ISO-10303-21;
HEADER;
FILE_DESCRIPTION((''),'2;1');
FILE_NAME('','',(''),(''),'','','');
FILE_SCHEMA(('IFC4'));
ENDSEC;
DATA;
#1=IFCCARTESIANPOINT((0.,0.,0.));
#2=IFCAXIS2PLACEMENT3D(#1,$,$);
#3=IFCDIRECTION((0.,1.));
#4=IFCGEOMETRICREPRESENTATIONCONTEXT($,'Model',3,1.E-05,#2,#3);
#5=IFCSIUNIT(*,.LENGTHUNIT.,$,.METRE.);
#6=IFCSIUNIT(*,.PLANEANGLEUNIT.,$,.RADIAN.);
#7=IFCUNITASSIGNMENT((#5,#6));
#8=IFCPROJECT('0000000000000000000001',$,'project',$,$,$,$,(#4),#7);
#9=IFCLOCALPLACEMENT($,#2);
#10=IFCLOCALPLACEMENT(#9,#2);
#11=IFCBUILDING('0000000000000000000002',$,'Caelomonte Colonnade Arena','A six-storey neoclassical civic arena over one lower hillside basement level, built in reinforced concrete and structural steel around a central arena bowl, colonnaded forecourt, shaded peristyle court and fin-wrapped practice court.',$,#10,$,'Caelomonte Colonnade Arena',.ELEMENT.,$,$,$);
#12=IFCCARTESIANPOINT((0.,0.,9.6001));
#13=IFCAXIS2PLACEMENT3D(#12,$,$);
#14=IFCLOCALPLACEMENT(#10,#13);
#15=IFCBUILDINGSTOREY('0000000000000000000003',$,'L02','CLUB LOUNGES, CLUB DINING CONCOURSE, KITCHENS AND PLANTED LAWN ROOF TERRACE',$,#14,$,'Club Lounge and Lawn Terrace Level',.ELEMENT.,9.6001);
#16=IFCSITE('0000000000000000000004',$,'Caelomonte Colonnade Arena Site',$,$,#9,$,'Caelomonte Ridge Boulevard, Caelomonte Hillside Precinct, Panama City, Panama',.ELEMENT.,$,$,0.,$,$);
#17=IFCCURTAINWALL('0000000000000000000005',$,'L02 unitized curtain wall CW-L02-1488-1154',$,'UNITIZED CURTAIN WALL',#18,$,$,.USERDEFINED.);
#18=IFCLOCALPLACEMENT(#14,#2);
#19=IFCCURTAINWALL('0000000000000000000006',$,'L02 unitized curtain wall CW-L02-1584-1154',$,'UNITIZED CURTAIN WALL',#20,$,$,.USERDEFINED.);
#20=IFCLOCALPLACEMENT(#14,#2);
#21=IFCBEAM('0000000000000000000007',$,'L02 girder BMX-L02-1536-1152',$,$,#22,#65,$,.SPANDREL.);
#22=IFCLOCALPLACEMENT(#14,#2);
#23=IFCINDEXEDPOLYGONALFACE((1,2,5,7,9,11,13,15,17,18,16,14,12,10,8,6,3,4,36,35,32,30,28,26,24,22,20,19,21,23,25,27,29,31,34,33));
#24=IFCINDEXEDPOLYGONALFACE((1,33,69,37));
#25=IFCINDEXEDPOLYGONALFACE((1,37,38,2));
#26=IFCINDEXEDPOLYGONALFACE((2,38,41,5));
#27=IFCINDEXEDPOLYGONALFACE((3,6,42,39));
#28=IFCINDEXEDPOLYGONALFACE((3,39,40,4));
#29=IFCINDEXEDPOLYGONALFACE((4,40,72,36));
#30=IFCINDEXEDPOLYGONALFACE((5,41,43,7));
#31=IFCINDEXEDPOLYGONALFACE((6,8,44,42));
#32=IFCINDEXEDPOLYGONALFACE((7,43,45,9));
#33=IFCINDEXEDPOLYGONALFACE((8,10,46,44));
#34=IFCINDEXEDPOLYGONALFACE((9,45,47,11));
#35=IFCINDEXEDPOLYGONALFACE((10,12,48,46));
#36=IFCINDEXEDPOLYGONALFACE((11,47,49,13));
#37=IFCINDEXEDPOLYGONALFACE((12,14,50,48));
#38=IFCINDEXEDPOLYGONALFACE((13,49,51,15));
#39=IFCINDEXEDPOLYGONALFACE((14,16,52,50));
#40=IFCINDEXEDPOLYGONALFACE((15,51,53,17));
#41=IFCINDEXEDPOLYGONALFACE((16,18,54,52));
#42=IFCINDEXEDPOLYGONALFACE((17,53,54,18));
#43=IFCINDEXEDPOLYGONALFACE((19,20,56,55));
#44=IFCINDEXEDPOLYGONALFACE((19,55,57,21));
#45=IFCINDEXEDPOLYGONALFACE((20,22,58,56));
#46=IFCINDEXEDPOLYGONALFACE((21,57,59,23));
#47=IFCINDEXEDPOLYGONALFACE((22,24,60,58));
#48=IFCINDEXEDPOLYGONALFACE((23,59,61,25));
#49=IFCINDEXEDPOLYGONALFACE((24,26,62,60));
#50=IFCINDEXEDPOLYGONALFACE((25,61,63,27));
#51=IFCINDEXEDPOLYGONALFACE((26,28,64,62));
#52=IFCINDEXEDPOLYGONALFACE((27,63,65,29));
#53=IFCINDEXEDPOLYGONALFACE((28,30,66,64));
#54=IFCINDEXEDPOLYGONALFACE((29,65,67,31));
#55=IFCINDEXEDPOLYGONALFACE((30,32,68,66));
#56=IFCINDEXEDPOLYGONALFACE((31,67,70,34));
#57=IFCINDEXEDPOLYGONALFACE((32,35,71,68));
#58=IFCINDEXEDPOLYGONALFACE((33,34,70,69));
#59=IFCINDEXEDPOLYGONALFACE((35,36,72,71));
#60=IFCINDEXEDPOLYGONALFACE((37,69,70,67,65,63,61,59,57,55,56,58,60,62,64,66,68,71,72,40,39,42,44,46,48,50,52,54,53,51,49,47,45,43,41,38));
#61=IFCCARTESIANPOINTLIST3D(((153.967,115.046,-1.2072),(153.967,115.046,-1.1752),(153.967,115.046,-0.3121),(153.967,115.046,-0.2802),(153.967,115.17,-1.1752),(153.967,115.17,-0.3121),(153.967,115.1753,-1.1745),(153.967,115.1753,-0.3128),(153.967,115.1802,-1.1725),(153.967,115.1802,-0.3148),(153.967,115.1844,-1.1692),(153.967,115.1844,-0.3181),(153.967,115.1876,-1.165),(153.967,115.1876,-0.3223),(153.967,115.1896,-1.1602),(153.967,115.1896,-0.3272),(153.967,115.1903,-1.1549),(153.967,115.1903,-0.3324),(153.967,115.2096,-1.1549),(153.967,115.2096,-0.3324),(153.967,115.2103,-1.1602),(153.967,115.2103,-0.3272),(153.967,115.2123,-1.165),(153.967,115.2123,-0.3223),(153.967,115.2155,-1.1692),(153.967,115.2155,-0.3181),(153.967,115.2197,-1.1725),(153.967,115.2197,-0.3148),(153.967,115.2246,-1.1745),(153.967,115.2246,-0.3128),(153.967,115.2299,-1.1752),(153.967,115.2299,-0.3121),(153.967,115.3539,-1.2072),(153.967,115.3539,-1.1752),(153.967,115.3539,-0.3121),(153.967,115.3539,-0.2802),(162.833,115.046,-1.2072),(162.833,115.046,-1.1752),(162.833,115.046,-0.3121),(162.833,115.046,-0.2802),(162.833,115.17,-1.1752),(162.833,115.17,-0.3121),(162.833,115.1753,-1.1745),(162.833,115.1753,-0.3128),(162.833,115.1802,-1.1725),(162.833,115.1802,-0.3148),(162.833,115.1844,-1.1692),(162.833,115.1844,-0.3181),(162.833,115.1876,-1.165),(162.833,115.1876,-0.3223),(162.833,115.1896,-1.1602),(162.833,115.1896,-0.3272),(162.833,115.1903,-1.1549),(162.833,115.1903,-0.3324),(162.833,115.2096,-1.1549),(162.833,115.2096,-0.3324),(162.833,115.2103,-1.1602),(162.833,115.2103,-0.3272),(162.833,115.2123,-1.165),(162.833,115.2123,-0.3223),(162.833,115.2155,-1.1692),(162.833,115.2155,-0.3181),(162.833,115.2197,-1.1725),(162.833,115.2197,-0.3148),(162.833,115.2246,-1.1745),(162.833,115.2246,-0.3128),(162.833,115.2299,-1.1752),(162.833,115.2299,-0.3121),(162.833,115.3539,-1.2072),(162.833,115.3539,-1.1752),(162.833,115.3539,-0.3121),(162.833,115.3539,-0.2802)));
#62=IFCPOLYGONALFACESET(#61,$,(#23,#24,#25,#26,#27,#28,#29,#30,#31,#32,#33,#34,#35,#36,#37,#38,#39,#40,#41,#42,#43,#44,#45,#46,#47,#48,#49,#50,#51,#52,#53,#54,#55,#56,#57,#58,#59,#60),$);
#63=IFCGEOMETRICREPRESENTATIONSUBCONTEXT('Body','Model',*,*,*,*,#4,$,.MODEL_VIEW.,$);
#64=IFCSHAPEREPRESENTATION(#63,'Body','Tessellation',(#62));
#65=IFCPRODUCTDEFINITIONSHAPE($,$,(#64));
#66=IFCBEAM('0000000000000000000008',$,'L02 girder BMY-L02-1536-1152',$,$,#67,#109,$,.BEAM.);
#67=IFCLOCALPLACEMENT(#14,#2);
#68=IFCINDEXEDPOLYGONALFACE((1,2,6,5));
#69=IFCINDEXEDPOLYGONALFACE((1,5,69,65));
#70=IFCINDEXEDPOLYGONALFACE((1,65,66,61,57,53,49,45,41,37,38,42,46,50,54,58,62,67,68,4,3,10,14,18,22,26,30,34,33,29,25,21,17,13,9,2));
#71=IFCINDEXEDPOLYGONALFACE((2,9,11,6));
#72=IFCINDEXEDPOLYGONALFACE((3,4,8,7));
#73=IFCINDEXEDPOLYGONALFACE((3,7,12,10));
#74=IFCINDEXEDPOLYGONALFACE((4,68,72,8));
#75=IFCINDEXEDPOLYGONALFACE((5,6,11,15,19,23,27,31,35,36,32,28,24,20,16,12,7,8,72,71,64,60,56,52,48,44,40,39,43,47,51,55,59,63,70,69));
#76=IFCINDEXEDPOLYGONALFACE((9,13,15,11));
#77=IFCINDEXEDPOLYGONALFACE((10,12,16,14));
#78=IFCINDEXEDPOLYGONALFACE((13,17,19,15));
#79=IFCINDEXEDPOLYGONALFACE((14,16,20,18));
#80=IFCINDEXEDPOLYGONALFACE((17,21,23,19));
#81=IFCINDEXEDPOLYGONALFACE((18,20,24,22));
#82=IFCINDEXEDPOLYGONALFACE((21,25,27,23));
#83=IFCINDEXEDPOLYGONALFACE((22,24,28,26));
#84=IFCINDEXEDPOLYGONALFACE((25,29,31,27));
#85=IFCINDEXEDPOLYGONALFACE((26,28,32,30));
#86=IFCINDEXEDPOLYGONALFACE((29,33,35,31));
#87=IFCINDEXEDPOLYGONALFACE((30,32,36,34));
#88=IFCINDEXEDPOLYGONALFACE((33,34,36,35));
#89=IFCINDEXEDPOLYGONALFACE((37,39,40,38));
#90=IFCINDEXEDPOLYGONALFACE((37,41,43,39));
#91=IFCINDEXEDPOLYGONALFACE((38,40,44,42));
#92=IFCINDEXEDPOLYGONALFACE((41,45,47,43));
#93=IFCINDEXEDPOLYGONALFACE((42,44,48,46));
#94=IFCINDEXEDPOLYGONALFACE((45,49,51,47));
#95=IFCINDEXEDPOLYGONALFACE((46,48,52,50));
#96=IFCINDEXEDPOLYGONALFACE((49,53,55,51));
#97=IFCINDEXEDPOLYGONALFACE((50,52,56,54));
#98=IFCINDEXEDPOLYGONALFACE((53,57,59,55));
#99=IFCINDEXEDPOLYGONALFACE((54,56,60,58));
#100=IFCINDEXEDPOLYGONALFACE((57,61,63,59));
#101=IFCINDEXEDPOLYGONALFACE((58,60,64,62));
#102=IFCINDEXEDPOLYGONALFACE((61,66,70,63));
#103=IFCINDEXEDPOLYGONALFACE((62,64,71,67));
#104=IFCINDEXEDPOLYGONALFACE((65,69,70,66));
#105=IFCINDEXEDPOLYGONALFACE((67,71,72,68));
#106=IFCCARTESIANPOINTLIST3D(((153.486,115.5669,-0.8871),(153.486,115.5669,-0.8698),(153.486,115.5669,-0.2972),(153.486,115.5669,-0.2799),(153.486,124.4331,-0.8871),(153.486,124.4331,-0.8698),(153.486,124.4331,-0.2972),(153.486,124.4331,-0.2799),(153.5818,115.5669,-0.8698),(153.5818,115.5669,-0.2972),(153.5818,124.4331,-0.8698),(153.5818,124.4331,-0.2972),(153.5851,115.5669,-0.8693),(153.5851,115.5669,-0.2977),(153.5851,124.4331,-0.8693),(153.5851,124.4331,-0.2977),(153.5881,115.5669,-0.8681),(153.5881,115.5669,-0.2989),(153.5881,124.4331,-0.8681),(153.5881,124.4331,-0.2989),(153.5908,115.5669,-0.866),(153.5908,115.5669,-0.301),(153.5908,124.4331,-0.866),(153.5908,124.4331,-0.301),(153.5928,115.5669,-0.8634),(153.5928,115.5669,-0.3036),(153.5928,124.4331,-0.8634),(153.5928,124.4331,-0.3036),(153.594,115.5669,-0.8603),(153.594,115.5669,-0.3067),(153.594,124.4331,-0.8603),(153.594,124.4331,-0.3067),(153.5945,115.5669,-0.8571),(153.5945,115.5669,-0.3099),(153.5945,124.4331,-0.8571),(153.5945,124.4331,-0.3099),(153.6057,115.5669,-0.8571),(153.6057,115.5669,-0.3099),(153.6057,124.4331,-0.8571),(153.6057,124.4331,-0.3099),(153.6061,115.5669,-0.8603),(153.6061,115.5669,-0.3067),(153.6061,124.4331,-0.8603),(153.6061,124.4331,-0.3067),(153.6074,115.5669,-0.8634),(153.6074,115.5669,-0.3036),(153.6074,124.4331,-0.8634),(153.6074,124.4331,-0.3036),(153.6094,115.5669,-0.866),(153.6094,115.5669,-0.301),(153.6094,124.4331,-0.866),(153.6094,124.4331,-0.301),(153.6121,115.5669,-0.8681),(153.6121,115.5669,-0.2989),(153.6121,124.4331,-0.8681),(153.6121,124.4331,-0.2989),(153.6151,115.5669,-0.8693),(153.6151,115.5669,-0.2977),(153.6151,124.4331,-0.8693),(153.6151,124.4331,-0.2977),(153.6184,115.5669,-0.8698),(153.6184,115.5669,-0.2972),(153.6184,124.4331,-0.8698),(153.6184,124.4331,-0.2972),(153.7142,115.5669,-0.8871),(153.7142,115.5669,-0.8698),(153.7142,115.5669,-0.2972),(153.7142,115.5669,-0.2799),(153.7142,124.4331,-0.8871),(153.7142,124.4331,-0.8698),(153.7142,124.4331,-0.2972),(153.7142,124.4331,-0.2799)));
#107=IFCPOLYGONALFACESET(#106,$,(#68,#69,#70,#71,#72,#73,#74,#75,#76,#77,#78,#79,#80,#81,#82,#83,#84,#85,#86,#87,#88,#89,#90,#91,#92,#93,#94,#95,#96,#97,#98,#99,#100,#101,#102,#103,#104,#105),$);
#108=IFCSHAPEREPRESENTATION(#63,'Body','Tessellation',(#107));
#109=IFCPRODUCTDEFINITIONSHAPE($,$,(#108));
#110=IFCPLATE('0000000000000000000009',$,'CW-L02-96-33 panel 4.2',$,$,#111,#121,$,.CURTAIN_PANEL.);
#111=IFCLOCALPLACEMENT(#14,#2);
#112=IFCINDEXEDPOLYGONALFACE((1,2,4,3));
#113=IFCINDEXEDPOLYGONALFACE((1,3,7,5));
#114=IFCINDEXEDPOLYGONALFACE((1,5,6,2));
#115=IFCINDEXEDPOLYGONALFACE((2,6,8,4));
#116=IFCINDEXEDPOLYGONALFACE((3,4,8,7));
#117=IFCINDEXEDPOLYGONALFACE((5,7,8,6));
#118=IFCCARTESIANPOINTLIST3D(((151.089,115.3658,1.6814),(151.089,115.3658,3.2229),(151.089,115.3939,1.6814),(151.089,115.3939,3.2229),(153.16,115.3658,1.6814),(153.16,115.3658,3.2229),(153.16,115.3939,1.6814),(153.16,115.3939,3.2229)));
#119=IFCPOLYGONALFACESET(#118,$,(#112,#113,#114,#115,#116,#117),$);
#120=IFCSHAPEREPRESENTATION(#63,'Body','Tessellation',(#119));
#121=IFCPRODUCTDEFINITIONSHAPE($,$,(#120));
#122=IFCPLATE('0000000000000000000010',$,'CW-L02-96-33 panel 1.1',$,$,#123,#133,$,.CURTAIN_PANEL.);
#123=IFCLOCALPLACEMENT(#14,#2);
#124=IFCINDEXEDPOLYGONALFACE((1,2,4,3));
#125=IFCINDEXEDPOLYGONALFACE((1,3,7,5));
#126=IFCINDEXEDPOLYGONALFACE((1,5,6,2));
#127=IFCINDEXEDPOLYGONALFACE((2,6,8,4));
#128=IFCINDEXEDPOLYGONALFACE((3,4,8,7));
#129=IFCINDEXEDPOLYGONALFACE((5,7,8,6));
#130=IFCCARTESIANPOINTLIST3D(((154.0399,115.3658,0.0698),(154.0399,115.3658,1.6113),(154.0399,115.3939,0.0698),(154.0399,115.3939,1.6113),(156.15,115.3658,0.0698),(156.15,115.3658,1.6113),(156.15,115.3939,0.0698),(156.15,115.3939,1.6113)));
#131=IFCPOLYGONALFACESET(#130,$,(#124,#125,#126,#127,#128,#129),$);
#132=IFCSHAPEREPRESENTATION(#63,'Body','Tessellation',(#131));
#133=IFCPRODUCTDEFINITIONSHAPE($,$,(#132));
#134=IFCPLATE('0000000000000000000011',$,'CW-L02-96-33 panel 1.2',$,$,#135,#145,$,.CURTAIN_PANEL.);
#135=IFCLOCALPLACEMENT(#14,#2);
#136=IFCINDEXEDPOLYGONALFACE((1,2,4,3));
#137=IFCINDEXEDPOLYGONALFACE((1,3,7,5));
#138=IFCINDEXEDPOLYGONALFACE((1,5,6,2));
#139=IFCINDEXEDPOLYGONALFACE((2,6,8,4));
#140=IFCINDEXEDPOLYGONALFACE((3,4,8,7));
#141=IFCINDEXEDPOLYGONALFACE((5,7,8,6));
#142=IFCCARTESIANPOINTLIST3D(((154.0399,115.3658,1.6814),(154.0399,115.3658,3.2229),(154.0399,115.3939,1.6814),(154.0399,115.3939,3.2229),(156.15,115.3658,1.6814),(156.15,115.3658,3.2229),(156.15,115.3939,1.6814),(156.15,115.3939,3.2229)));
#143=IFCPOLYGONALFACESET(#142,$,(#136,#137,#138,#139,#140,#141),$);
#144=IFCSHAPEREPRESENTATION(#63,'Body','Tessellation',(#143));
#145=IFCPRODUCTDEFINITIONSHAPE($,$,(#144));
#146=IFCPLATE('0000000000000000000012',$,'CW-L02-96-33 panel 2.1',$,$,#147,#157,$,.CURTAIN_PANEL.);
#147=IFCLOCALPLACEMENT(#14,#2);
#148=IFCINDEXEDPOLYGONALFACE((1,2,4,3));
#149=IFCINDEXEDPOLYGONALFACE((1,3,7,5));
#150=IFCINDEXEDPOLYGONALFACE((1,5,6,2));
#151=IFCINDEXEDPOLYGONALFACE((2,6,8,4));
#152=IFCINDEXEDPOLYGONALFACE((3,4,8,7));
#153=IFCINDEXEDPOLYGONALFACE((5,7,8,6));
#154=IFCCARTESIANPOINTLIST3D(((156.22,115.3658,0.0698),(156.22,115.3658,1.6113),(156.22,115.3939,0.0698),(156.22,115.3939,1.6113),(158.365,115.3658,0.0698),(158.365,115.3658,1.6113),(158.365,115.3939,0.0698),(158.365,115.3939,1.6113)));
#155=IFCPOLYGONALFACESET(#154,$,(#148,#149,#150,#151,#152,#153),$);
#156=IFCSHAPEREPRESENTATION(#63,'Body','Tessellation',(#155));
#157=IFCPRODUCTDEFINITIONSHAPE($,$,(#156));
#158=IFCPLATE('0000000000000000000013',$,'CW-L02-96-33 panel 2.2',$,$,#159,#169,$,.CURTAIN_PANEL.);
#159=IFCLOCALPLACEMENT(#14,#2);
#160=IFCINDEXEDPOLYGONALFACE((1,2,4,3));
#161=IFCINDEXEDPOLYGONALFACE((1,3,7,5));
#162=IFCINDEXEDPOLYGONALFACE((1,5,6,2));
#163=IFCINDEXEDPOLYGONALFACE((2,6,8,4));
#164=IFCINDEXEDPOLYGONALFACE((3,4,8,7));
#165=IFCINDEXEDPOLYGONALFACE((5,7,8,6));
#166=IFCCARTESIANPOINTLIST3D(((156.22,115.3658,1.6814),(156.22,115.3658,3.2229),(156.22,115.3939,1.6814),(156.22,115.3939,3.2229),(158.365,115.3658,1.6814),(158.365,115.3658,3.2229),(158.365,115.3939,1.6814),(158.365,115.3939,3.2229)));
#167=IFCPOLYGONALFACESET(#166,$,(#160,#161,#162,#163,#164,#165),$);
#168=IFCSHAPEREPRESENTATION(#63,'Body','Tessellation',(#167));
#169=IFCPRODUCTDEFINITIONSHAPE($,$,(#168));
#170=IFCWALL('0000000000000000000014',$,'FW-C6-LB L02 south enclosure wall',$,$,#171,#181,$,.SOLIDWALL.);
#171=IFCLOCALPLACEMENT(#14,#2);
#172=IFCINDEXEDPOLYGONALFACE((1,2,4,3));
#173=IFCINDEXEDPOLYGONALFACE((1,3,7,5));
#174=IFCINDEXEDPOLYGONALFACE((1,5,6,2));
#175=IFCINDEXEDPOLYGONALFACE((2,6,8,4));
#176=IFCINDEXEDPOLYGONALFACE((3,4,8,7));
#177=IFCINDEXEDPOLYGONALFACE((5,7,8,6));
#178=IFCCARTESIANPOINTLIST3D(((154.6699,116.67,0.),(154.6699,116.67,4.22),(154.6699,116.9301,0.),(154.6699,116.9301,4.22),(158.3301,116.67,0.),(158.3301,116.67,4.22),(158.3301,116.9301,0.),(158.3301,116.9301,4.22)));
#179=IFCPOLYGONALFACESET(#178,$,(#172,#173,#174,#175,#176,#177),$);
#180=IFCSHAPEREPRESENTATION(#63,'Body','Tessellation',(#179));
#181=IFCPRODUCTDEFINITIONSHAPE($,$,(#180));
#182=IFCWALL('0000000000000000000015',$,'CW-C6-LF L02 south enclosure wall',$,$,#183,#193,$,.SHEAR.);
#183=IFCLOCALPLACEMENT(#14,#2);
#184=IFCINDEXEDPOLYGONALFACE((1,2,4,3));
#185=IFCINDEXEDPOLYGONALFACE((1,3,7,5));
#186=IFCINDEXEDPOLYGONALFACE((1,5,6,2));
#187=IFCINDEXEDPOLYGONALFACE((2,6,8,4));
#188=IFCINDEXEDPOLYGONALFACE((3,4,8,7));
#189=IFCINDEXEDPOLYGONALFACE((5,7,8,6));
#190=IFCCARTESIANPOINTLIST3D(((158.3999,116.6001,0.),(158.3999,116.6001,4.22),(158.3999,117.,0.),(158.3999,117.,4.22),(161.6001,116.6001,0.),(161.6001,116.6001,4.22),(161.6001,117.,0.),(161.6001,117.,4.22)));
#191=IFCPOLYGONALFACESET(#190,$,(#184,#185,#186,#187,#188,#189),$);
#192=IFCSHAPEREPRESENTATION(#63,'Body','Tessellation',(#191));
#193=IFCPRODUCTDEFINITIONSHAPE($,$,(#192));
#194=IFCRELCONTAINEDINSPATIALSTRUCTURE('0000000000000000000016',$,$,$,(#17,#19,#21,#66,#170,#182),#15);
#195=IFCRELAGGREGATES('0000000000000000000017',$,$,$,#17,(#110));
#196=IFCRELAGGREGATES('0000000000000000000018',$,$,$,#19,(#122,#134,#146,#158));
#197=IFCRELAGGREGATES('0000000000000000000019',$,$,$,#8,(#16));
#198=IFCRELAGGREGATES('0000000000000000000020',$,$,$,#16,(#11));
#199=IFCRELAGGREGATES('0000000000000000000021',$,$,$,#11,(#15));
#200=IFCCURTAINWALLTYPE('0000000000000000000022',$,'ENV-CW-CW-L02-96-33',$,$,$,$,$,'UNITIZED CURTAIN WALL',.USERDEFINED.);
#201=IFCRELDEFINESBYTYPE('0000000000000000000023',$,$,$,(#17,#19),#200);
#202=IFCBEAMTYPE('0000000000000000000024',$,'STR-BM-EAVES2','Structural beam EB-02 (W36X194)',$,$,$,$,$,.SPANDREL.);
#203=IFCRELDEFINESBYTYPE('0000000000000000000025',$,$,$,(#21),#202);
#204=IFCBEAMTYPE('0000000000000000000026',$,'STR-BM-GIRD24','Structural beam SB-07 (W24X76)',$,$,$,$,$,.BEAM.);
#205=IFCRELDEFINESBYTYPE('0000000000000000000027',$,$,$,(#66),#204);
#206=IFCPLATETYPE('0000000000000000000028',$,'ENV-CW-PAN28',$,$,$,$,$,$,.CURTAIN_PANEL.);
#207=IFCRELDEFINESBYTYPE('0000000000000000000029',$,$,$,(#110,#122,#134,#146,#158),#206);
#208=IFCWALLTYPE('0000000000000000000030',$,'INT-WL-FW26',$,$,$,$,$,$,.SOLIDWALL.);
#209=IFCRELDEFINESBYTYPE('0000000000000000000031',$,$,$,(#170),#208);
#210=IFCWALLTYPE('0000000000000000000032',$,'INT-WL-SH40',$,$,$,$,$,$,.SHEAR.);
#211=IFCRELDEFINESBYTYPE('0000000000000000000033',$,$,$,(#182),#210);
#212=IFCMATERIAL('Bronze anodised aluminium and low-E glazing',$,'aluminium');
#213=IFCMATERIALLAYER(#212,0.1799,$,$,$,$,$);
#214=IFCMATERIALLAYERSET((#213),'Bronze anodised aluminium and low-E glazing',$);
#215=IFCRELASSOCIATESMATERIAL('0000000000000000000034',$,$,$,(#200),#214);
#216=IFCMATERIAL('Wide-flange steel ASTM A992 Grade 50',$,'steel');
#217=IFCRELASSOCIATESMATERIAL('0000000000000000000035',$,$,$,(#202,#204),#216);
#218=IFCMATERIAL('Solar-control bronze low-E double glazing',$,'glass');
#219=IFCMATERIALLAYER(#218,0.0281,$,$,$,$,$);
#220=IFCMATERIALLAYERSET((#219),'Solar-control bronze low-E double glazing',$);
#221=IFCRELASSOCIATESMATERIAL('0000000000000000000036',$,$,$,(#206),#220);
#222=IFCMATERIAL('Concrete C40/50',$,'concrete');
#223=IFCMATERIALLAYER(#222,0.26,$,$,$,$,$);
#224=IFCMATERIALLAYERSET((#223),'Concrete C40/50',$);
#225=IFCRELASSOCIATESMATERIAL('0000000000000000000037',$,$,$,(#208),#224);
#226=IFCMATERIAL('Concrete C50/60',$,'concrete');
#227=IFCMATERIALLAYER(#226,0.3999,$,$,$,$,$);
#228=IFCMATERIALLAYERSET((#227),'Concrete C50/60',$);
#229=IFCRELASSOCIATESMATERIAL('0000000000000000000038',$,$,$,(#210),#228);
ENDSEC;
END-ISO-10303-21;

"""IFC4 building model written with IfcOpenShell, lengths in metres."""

from ifc_helpers import new_model, si_unit, direction, frame, frame_2d, origin, origin_2d, place, context, subcontext, project, spatial, rectangle, i_section, extrude, material, layer, layer_set, material_profile, profile_set, type_object, element, aggregate, save


model = new_model("IFC4")

# Units and contexts
model_context = context("Model", 3, precision=1e-05, world=origin(), true_north=direction((0.0, 1.0)))
body_context = subcontext(model_context, "Body", "Model", "MODEL_VIEW")
ifc_project = project(units=[si_unit("LENGTHUNIT", "METRE"), si_unit("PLANEANGLEUNIT", "RADIAN")], contexts=[model_context])

# Site, building, storey
site_placement = place(None, origin())
site = spatial("IfcSite", under=ifc_project, at=site_placement, Name="Caelomonte Colonnade Arena Site", LongName="Caelomonte Ridge Boulevard, Caelomonte Hillside Precinct, Panama City, Panama", CompositionType="ELEMENT", RefElevation=0.0)
building_placement = place(site_placement, origin())
building = spatial("IfcBuilding", under=site, at=building_placement, Name="Caelomonte Colonnade Arena", Description="A six-storey neoclassical civic arena over one lower hillside basement level, built in reinforced concrete and structural steel around a central arena bowl, colonnaded forecourt, shaded peristyle court and fin-wrapped practice court.", LongName="Caelomonte Colonnade Arena", CompositionType="ELEMENT")
storey_placement = place(building_placement, frame((0.0, 0.0, 9.6001)))
storey = spatial("IfcBuildingStorey", under=building, at=storey_placement, Name="L02", Description="CLUB LOUNGES, CLUB DINING CONCOURSE, KITCHENS AND PLANTED LAWN ROOF TERRACE", LongName="Club Lounge and Lawn Terrace Level", CompositionType="ELEMENT", Elevation=9.6001)

# Shared definitions
ifc_material_1 = material(Name="Concrete C40/50", Category="concrete")

# Curtain wall
ifc_material_2 = material(Name="Bronze anodised aluminium and low-E glazing", Category="aluminium")
ifc_layer_1 = layer(ifc_material_2, 0.1799)
ifc_layer_set_1 = layer_set([ifc_layer_1], Name="Bronze anodised aluminium and low-E glazing")
curtain_wall_type = type_object("IfcCurtainWallType", Name="ENV-CW-CW-L02-96-33", ElementType="UNITIZED CURTAIN WALL", PredefinedType="USERDEFINED", material=ifc_layer_set_1)
curtain_wall_1_placement = place(storey_placement, origin())
curtain_wall_1 = element("IfcCurtainWall", 1, at=curtain_wall_1_placement, inside=storey, type_object=curtain_wall_type, Name="L02 unitized curtain wall CW-L02-1488-1154", ObjectType="UNITIZED CURTAIN WALL", PredefinedType="USERDEFINED")

# Curtain wall
curtain_wall_2_placement = place(storey_placement, origin())
curtain_wall_2 = element("IfcCurtainWall", 2, at=curtain_wall_2_placement, inside=storey, type_object=curtain_wall_type, Name="L02 unitized curtain wall CW-L02-1584-1154", ObjectType="UNITIZED CURTAIN WALL", PredefinedType="USERDEFINED")

# Beams
ifc_material_3 = material(Name="Wide-flange steel ASTM A992 Grade 50", Category="steel")
ifc_material_profile_1 = material_profile(ifc_material_3, i_section(OverallWidth=0.3079, OverallDepth=0.927, WebThickness=0.0193, FlangeThickness=0.032, FilletRadius=0.0203, at=origin_2d()), Name="W36X194")
ifc_profile_set_1 = profile_set([ifc_material_profile_1], Name="Wide-flange steel ASTM A992 Grade 50")
beam_type_1 = type_object("IfcBeamType", Name="STR-BM-EAVES2", Description="Structural beam EB-02 (W36X194)", PredefinedType="SPANDREL", material=ifc_profile_set_1)
beam_1_placement = place(storey_placement, frame((153.967, 115.2, -0.7437), z_axis=(1.0, 0.0, 0.0), x_axis=(0.0, 1.0, 0.0)))
element("IfcBeam", 3, at=beam_1_placement, inside=storey, type_object=beam_type_1, Name="L02 girder BMX-L02-1536-1152", PredefinedType="SPANDREL", context=body_context, shape_type="SweptSolid", body=[
    extrude(i_section(OverallWidth=0.3079, OverallDepth=0.927, WebThickness=0.0193, FlangeThickness=0.032, FilletRadius=0.0203, at=origin_2d()), origin(), (0.0, 0.0, 1.0), 8.866),
])
ifc_material_profile_2 = material_profile(ifc_material_3, i_section(OverallWidth=0.2283, OverallDepth=0.6072, WebThickness=0.0112, FlangeThickness=0.0173, FilletRadius=0.0127, at=origin_2d()), Name="W24X76")
ifc_profile_set_2 = profile_set([ifc_material_profile_2], Name="Wide-flange steel ASTM A992 Grade 50")
beam_type_2 = type_object("IfcBeamType", Name="STR-BM-GIRD24", Description="Structural beam SB-07 (W24X76)", PredefinedType="BEAM", material=ifc_profile_set_2)
beam_2_placement = place(storey_placement, frame((153.6001, 115.5669, -0.5835), z_axis=(0.0, 1.0, 0.0), x_axis=(-1.0, 0.0, 0.0)))
element("IfcBeam", 4, at=beam_2_placement, inside=storey, type_object=beam_type_2, Name="L02 girder BMY-L02-1536-1152", PredefinedType="BEAM", context=body_context, shape_type="SweptSolid", body=[
    extrude(i_section(OverallWidth=0.2283, OverallDepth=0.6072, WebThickness=0.0112, FlangeThickness=0.0173, FilletRadius=0.0127, at=origin_2d()), origin(), (0.0, 0.0, 1.0), 8.8662),
])

# Plates
ifc_material_4 = material(Name="Solar-control bronze low-E double glazing", Category="glass")
ifc_layer_2 = layer(ifc_material_4, 0.0281)
ifc_layer_set_2 = layer_set([ifc_layer_2], Name="Solar-control bronze low-E double glazing")
plate_type = type_object("IfcPlateType", Name="ENV-CW-PAN28", PredefinedType="CURTAIN_PANEL", material=ifc_layer_set_2)
plate_1_placement = place(storey_placement, frame((152.1245, 115.3799, 1.6814), z_axis=(0.0, 0.0, 1.0), x_axis=(1.0, 0.0, 0.0)))
plate_1 = element("IfcPlate", 5, at=plate_1_placement, type_object=plate_type, Name="CW-L02-96-33 panel 4.2", PredefinedType="CURTAIN_PANEL", context=body_context, shape_type="SweptSolid", body=[
    extrude(rectangle(XDim=2.071, YDim=0.0281, at=origin_2d()), origin(), (0.0, 0.0, 1.0), 1.5415),
])
aggregate(curtain_wall_1, [plate_1])
plate_2_placement = place(storey_placement, frame((155.095, 115.3799, 0.0698), z_axis=(0.0, 0.0, 1.0), x_axis=(1.0, 0.0, 0.0)))
plate_2 = element("IfcPlate", 6, at=plate_2_placement, type_object=plate_type, Name="CW-L02-96-33 panel 1.1", PredefinedType="CURTAIN_PANEL", context=body_context, shape_type="SweptSolid", body=[
    extrude(rectangle(XDim=2.1101, YDim=0.0281, at=origin_2d()), origin(), (0.0, 0.0, 1.0), 1.5415),
])
plate_3_placement = place(storey_placement, frame((155.095, 115.3799, 1.6814), z_axis=(0.0, 0.0, 1.0), x_axis=(1.0, 0.0, 0.0)))
plate_3 = element("IfcPlate", 7, at=plate_3_placement, type_object=plate_type, Name="CW-L02-96-33 panel 1.2", PredefinedType="CURTAIN_PANEL", context=body_context, shape_type="SweptSolid", body=[
    extrude(rectangle(XDim=2.1101, YDim=0.0281, at=origin_2d()), origin(), (0.0, 0.0, 1.0), 1.5415),
])
plate_4_placement = place(storey_placement, frame((157.2925, 115.3799, 0.0698), z_axis=(0.0, 0.0, 1.0), x_axis=(1.0, 0.0, 0.0)))
plate_4 = element("IfcPlate", 8, at=plate_4_placement, type_object=plate_type, Name="CW-L02-96-33 panel 2.1", PredefinedType="CURTAIN_PANEL", context=body_context, shape_type="SweptSolid", body=[
    extrude(rectangle(XDim=2.145, YDim=0.0281, at=origin_2d()), origin(), (0.0, 0.0, 1.0), 1.5415),
])
plate_5_placement = place(storey_placement, frame((157.2925, 115.3799, 1.6814), z_axis=(0.0, 0.0, 1.0), x_axis=(1.0, 0.0, 0.0)))
plate_5 = element("IfcPlate", 9, at=plate_5_placement, type_object=plate_type, Name="CW-L02-96-33 panel 2.2", PredefinedType="CURTAIN_PANEL", context=body_context, shape_type="SweptSolid", body=[
    extrude(rectangle(XDim=2.145, YDim=0.0281, at=origin_2d()), origin(), (0.0, 0.0, 1.0), 1.5415),
])
aggregate(curtain_wall_2, [plate_2, plate_3, plate_4, plate_5])

# Walls
ifc_layer_3 = layer(ifc_material_1, 0.26)
ifc_layer_set_3 = layer_set([ifc_layer_3], Name="Concrete C40/50")
wall_type_1 = type_object("IfcWallType", Name="INT-WL-FW26", PredefinedType="SOLIDWALL", material=ifc_layer_set_3)
wall_1_placement = place(storey_placement, frame((154.6699, 116.8, 0.0), z_axis=(0.0, 0.0, 1.0), x_axis=(1.0, 0.0, 0.0)))
element("IfcWall", 10, at=wall_1_placement, inside=storey, type_object=wall_type_1, Name="FW-C6-LB L02 south enclosure wall", PredefinedType="SOLIDWALL", context=body_context, shape_type="SweptSolid", body=[
    extrude(rectangle(XDim=3.6602, YDim=0.26, at=frame_2d((1.8301, 0.0))), origin(), (0.0, 0.0, 1.0), 4.22),
])
ifc_material_5 = material(Name="Concrete C50/60", Category="concrete")
ifc_layer_4 = layer(ifc_material_5, 0.3999)
ifc_layer_set_4 = layer_set([ifc_layer_4], Name="Concrete C50/60")
wall_type_2 = type_object("IfcWallType", Name="INT-WL-SH40", PredefinedType="SHEAR", material=ifc_layer_set_4)
wall_2_placement = place(storey_placement, frame((158.3999, 116.8, 0.0), z_axis=(0.0, 0.0, 1.0), x_axis=(1.0, 0.0, 0.0)))
element("IfcWall", 11, at=wall_2_placement, inside=storey, type_object=wall_type_2, Name="CW-C6-LF L02 south enclosure wall", PredefinedType="SHEAR", context=body_context, shape_type="SweptSolid", body=[
    extrude(rectangle(XDim=3.2002, YDim=0.3999, at=frame_2d((1.6001, 0.0))), origin(), (0.0, 0.0, 1.0), 4.22),
])

save(model, "model.ifc")
